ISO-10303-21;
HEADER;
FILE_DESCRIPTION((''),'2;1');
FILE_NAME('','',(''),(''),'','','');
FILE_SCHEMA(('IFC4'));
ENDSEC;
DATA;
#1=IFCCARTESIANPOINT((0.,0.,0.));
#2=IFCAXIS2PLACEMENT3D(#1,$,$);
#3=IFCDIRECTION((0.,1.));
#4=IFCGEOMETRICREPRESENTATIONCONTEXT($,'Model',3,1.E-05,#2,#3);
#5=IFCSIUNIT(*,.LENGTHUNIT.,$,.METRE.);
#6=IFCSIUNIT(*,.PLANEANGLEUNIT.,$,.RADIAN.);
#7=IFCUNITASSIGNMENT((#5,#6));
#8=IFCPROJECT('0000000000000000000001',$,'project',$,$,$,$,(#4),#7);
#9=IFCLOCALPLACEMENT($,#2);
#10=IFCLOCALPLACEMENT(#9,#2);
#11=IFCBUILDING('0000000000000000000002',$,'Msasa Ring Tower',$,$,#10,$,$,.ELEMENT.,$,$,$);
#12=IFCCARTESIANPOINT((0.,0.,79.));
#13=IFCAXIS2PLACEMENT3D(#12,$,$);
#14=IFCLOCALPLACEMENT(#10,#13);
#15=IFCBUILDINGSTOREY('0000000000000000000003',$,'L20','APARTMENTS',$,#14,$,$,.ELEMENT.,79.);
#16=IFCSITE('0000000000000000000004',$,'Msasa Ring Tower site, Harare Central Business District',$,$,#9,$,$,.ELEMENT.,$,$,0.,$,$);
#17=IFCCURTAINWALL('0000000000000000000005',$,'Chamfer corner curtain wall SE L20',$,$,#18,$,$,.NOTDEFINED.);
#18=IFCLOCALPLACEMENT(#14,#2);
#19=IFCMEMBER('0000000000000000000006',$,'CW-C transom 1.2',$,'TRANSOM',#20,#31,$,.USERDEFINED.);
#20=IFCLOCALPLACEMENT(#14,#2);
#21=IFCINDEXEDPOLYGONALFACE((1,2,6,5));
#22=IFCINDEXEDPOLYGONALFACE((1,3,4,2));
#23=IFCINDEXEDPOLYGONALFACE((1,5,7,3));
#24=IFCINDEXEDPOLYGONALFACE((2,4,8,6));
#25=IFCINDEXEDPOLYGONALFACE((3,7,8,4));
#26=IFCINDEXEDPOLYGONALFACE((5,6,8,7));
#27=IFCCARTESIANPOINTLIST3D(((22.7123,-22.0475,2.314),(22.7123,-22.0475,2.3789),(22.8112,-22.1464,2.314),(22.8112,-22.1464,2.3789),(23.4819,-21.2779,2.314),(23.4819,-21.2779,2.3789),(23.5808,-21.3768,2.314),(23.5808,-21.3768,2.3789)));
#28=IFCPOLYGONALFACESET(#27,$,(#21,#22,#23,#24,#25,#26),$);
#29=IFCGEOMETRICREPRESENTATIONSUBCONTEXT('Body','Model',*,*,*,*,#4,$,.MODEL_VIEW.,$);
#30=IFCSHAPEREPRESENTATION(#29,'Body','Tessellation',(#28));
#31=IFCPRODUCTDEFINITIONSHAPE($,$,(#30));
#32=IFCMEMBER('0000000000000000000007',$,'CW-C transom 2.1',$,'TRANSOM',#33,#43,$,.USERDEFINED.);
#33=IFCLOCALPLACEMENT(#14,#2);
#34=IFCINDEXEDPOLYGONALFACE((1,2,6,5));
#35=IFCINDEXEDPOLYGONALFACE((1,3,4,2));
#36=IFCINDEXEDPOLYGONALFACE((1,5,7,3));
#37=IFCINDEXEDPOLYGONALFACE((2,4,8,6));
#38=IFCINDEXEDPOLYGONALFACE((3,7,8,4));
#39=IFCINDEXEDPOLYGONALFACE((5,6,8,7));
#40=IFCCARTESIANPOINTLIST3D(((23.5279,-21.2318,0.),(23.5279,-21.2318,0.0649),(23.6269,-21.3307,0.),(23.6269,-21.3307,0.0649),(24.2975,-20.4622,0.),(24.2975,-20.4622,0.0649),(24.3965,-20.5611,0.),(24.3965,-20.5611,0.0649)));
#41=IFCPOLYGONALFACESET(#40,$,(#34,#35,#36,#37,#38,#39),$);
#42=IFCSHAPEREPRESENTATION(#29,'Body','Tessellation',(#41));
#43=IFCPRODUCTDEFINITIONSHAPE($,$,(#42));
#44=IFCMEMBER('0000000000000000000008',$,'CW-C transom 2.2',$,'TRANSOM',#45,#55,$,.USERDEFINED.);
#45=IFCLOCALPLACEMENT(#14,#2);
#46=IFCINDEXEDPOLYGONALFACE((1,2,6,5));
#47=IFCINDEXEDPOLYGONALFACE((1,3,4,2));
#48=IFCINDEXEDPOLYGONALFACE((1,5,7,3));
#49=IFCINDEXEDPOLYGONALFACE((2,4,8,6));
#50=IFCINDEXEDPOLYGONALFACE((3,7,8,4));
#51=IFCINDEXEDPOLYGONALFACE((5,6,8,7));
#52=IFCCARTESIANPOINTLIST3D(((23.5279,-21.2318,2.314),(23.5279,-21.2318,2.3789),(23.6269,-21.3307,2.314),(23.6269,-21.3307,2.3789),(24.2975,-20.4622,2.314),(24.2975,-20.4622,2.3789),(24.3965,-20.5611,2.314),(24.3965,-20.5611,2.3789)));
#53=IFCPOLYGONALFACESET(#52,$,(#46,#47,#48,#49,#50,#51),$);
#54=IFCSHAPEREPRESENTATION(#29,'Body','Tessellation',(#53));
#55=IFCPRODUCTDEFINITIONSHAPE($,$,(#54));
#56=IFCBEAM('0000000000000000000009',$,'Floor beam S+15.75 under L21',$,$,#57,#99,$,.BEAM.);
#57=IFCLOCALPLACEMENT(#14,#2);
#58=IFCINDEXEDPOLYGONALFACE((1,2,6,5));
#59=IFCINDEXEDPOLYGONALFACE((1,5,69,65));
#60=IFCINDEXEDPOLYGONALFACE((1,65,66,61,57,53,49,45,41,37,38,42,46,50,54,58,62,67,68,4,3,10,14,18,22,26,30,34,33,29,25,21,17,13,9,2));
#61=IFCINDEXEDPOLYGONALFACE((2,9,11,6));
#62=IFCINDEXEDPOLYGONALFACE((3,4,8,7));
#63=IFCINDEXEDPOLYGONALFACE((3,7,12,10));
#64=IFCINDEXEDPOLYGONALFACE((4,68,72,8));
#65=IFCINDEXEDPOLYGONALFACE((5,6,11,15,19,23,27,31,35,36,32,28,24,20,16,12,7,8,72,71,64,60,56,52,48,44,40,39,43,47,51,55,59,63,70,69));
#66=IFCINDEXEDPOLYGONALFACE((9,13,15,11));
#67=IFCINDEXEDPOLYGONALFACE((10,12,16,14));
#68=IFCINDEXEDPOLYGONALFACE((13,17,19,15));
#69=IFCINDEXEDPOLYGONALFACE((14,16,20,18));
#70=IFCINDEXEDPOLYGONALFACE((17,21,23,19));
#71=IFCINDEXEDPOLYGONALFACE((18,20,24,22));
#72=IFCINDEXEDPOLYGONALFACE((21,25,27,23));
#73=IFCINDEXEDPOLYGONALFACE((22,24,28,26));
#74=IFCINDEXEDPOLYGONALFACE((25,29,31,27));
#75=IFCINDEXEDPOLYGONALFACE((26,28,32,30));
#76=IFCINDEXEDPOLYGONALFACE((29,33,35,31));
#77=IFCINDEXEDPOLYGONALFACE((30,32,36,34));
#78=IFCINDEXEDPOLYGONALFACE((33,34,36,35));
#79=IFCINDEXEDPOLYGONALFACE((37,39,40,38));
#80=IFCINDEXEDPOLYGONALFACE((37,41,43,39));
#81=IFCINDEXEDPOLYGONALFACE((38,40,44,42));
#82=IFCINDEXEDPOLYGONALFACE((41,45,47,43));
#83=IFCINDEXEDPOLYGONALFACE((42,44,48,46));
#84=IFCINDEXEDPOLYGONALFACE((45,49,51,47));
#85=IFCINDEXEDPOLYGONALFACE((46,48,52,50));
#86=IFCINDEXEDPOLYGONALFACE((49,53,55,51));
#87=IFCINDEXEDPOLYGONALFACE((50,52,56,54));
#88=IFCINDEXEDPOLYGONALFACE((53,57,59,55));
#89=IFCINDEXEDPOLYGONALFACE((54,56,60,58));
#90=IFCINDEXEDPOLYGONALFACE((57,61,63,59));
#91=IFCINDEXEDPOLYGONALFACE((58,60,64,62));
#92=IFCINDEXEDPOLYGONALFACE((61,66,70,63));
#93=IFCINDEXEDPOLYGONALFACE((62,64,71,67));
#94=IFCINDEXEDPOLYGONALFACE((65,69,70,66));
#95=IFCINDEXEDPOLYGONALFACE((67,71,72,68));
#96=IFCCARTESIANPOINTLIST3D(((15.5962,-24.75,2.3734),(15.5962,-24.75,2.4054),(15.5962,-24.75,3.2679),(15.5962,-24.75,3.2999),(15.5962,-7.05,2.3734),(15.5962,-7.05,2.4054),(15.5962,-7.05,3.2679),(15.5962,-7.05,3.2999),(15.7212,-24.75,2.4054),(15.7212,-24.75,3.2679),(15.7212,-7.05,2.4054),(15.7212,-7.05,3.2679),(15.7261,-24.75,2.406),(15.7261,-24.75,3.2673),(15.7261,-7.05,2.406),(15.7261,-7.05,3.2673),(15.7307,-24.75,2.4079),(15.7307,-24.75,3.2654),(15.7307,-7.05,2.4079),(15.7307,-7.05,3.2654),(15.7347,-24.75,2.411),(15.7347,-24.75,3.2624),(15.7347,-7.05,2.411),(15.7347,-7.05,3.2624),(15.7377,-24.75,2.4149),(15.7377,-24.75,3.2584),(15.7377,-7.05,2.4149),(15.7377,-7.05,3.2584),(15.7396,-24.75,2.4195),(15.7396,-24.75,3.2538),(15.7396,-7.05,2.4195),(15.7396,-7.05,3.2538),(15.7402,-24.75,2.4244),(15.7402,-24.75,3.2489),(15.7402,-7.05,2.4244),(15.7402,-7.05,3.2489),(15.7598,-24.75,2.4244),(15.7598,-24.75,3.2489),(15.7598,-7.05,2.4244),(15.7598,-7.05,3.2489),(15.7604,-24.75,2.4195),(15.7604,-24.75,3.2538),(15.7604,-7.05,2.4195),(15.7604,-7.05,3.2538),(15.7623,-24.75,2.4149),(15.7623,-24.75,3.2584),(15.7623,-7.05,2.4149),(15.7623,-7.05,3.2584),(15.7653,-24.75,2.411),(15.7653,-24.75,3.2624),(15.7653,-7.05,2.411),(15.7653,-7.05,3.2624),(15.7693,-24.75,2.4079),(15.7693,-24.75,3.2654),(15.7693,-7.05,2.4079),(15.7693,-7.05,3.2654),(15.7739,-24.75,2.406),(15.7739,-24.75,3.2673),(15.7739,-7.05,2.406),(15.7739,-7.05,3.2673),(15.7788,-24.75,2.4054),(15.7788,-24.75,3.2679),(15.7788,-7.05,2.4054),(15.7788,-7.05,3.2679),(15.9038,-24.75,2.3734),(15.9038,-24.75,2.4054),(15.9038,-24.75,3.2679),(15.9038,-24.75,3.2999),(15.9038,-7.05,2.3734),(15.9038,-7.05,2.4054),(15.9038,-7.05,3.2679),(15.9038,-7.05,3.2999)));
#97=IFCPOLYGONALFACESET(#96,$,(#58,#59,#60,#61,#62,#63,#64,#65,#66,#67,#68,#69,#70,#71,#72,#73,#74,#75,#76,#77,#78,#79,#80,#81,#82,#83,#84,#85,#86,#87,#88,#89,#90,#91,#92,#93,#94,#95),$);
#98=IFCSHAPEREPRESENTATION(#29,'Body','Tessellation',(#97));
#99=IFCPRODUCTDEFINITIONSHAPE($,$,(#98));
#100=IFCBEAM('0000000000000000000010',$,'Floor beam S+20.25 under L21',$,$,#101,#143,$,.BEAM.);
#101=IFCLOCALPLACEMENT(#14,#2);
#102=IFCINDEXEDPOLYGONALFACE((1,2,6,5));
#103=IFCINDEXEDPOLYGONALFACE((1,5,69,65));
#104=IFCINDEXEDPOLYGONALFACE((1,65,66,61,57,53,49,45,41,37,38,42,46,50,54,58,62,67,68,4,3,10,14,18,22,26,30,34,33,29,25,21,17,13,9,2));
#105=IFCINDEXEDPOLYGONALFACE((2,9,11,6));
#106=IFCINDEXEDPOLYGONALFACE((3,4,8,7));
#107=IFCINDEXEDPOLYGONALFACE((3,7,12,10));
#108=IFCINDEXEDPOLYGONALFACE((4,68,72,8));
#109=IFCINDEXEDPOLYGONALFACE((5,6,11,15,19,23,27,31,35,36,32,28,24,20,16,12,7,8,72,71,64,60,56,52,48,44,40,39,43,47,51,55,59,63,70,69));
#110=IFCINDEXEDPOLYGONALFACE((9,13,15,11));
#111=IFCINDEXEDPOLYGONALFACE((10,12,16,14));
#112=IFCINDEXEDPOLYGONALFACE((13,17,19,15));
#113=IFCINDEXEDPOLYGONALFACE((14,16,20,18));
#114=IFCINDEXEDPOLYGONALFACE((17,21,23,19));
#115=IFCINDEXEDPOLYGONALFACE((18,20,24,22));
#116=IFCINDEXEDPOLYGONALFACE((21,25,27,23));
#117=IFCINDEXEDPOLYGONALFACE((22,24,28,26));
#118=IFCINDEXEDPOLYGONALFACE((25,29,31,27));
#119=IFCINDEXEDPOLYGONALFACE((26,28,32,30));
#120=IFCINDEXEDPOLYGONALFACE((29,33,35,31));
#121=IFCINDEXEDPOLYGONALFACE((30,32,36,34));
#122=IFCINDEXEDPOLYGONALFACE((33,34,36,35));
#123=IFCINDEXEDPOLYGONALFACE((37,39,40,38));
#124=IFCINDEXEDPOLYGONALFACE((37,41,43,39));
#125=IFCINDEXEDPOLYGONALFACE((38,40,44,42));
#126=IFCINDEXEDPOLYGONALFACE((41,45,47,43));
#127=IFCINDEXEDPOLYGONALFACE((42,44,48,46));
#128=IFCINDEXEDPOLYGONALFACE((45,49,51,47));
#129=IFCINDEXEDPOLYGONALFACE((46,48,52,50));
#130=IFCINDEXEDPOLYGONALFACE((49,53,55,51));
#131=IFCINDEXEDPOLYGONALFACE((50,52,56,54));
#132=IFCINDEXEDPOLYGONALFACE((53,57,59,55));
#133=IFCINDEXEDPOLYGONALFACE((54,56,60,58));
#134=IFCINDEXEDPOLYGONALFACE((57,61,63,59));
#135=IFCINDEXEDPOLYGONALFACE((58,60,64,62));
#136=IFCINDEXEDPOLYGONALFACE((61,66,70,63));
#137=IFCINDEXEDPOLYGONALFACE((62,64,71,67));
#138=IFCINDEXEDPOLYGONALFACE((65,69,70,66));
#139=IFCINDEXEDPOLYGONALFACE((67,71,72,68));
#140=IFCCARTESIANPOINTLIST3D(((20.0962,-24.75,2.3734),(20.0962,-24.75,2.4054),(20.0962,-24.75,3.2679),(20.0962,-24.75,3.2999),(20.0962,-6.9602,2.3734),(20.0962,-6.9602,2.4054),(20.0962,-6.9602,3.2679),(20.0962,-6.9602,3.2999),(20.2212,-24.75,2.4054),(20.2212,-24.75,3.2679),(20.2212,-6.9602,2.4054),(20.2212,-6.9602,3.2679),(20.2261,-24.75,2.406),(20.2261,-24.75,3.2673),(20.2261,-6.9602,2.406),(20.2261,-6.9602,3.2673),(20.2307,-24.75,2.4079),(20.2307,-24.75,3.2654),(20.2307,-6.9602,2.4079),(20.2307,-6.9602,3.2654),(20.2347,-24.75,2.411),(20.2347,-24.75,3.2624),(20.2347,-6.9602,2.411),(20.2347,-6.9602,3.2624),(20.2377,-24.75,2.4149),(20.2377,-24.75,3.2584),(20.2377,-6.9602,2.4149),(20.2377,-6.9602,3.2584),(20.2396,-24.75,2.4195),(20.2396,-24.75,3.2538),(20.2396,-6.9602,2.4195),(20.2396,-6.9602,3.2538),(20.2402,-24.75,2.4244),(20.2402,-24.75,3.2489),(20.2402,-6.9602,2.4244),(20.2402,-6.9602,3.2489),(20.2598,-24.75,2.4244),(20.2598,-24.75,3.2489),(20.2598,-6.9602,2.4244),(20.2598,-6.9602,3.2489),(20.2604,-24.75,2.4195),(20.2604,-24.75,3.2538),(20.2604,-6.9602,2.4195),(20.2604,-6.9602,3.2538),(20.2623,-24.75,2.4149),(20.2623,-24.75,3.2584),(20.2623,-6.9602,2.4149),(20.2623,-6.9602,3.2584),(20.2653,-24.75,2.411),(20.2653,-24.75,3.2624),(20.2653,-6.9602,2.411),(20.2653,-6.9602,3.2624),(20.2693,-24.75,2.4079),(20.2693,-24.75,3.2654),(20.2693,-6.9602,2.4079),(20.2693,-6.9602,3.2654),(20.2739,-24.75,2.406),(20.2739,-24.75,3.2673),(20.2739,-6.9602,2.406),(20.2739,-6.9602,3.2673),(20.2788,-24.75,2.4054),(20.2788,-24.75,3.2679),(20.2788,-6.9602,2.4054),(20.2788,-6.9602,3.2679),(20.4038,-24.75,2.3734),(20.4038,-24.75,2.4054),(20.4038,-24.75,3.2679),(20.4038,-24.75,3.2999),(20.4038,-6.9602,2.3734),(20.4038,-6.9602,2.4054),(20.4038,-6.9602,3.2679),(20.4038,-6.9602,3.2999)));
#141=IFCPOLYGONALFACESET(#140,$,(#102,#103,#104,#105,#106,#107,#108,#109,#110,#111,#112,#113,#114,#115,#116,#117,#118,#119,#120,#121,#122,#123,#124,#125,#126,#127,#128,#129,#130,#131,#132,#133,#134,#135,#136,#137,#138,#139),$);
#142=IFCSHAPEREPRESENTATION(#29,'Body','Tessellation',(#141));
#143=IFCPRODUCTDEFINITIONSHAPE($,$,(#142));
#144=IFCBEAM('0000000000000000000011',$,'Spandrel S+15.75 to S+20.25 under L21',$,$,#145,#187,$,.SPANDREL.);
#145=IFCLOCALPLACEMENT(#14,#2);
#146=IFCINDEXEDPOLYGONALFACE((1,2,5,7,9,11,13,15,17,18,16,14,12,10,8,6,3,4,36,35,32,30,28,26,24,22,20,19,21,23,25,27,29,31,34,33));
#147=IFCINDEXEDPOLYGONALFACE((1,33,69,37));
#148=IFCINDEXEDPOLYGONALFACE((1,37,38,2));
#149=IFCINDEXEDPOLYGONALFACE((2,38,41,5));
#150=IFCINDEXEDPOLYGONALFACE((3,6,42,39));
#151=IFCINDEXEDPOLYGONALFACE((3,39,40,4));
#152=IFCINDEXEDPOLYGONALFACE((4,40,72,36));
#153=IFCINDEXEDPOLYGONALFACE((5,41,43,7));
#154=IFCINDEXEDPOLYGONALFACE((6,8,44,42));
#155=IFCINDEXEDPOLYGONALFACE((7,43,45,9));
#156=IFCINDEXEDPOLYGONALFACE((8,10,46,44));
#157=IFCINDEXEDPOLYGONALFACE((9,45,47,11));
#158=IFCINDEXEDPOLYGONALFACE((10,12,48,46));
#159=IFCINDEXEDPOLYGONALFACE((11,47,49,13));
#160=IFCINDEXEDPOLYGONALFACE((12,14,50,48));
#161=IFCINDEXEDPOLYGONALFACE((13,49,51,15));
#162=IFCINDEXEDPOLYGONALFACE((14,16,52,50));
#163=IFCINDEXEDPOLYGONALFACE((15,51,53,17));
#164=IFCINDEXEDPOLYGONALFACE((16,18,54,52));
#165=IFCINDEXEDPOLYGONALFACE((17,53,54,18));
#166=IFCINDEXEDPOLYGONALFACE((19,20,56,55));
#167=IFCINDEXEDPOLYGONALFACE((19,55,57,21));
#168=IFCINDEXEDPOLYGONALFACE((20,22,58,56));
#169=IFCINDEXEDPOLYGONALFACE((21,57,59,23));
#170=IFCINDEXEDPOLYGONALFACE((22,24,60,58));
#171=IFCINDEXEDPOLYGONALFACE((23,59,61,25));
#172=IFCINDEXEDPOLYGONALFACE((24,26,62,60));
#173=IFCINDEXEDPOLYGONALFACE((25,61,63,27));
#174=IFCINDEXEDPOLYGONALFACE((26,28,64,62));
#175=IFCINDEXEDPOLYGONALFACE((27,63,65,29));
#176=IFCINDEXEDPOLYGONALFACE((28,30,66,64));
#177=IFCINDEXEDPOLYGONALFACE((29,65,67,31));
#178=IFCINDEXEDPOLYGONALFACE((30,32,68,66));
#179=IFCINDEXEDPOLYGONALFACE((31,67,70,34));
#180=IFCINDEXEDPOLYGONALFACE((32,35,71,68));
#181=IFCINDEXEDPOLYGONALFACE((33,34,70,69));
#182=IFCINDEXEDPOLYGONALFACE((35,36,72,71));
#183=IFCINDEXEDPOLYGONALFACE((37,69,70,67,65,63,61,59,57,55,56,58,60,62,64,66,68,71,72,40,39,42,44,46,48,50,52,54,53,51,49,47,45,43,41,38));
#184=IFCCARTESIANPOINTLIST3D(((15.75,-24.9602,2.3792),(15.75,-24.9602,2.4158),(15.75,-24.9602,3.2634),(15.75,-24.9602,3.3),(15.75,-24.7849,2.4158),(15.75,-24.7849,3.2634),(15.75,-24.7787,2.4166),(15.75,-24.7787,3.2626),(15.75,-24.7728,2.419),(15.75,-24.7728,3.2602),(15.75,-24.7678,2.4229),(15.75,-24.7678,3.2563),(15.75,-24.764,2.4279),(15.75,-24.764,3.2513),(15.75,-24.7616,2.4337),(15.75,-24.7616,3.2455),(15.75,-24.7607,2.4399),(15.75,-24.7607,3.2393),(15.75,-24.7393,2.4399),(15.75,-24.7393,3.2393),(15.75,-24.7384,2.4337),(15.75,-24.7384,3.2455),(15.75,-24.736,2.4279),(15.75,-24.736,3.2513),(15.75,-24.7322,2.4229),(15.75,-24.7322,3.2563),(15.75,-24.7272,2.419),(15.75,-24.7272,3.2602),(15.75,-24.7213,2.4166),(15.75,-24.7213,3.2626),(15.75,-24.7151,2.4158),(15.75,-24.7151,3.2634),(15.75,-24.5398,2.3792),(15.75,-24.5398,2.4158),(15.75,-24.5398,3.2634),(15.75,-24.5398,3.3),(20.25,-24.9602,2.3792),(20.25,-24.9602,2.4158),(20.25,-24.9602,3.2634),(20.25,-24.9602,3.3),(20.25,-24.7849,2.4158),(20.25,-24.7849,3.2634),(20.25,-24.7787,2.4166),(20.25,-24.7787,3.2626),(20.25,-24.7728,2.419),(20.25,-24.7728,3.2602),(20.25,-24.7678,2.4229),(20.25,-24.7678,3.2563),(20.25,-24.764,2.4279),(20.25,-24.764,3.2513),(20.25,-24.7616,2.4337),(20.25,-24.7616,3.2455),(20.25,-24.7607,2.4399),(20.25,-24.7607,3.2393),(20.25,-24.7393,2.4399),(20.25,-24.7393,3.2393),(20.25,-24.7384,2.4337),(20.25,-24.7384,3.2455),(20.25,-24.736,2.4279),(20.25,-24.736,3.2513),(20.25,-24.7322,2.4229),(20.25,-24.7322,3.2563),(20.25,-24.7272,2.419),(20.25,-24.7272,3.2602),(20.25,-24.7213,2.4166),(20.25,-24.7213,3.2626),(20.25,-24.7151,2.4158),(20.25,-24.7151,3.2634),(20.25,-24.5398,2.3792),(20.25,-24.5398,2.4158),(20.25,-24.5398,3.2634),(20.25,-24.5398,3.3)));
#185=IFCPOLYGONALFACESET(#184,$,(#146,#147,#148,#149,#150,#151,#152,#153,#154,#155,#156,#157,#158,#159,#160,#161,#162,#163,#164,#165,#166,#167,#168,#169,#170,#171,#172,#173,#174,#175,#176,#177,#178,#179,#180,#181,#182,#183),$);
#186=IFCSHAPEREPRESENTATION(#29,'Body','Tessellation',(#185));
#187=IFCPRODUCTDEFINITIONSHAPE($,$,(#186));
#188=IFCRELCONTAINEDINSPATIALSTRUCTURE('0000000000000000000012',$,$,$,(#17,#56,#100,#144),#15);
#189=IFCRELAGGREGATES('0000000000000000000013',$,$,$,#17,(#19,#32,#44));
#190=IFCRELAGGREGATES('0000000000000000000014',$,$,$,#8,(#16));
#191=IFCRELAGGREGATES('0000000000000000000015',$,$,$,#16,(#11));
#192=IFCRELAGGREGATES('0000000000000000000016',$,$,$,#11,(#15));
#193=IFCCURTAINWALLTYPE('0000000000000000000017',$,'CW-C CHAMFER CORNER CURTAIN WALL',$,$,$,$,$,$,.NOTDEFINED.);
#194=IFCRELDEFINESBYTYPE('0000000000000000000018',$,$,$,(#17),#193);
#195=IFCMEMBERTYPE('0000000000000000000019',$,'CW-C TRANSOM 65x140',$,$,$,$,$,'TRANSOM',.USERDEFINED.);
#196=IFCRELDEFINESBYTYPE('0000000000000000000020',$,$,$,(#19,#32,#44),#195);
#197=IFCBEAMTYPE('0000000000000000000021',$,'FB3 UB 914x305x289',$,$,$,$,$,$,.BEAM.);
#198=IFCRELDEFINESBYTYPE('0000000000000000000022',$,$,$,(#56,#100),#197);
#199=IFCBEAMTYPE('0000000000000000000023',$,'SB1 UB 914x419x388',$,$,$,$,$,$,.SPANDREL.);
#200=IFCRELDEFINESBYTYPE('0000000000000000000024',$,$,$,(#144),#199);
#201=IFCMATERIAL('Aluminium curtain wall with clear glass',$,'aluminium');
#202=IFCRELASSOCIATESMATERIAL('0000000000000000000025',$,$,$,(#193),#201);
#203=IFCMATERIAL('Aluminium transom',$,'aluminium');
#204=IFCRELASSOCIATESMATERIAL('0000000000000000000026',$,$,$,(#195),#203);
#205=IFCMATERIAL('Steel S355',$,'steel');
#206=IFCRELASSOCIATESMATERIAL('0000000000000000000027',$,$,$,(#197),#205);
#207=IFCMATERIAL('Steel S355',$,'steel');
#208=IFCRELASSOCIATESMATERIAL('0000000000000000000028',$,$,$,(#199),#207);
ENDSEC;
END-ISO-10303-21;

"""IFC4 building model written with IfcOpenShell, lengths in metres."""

from ifc_helpers import new_model, si_unit, direction, frame, origin, origin_2d, place, context, subcontext, project, spatial, rectangle, i_section, extrude, material, material_profile, profile_set, type_object, element, aggregate, save


model = new_model("IFC4")

# Units and contexts
model_context = context("Model", 3, precision=1e-05, world=origin(), true_north=direction((0.0, 1.0)))
body_context = subcontext(model_context, "Body", "Model", "MODEL_VIEW")
ifc_project = project(units=[si_unit("LENGTHUNIT", "METRE"), si_unit("PLANEANGLEUNIT", "RADIAN")], contexts=[model_context])

# Site, building, storey
site_placement = place(None, origin())
site = spatial("IfcSite", under=ifc_project, at=site_placement, Name="Msasa Ring Tower site, Harare Central Business District", CompositionType="ELEMENT", RefElevation=0.0)
building_placement = place(site_placement, origin())
building = spatial("IfcBuilding", under=site, at=building_placement, Name="Msasa Ring Tower", CompositionType="ELEMENT")
storey_placement = place(building_placement, frame((0.0, 0.0, 79.0)))
storey = spatial("IfcBuildingStorey", under=building, at=storey_placement, Name="L20", Description="APARTMENTS", CompositionType="ELEMENT", Elevation=79.0)

# Curtain wall
ifc_material_1 = material(Name="Aluminium curtain wall with clear glass", Category="aluminium")
curtain_wall_type = type_object("IfcCurtainWallType", Name="CW-C CHAMFER CORNER CURTAIN WALL", PredefinedType="NOTDEFINED", material=ifc_material_1)
curtain_wall_1_placement = place(storey_placement, origin())
curtain_wall_1 = element("IfcCurtainWall", 1, at=curtain_wall_1_placement, inside=storey, type_object=curtain_wall_type, Name="Chamfer corner curtain wall SE L20", PredefinedType="NOTDEFINED")

# Members
ifc_material_2 = material(Name="Aluminium transom", Category="aluminium")
ifc_material_profile_1 = material_profile(ifc_material_2, rectangle(XDim=0.1399, YDim=0.0649, at=origin_2d()), Name="AL 65x140")
ifc_profile_set_1 = profile_set([ifc_material_profile_1], Name="Aluminium transom")
member_type_1 = type_object("IfcMemberType", Name="CW-C TRANSOM 65x140", ElementType="TRANSOM", PredefinedType="USERDEFINED", material=ifc_profile_set_1)
member_1_placement = place(storey_placement, frame((22.7617, -22.0969, 2.3464), z_axis=(0.707107, 0.707107, 0.0), x_axis=(-0.707107, 0.707107, 0.0)))
member_1 = element("IfcMember", 2, at=member_1_placement, type_object=member_type_1, Name="CW-C transom 1.2", ObjectType="TRANSOM", PredefinedType="USERDEFINED", context=body_context, shape_type="SweptSolid", body=[
    extrude(rectangle(XDim=0.1399, YDim=0.0649, at=origin_2d()), origin(), (0.0, 0.0, 1.0), 1.0884),
])
member_2_placement = place(storey_placement, frame((23.5774, -21.2812, 0.0325), z_axis=(0.707107, 0.707107, 0.0), x_axis=(-0.707107, 0.707107, 0.0)))
member_2 = element("IfcMember", 3, at=member_2_placement, type_object=member_type_1, Name="CW-C transom 2.1", ObjectType="TRANSOM", PredefinedType="USERDEFINED", context=body_context, shape_type="SweptSolid", body=[
    extrude(rectangle(XDim=0.1399, YDim=0.0649, at=origin_2d()), origin(), (0.0, 0.0, 1.0), 1.0884),
])
member_3_placement = place(storey_placement, frame((23.5774, -21.2812, 2.3464), z_axis=(0.707107, 0.707107, 0.0), x_axis=(-0.707107, 0.707107, 0.0)))
member_3 = element("IfcMember", 4, at=member_3_placement, type_object=member_type_1, Name="CW-C transom 2.2", ObjectType="TRANSOM", PredefinedType="USERDEFINED", context=body_context, shape_type="SweptSolid", body=[
    extrude(rectangle(XDim=0.1399, YDim=0.0649, at=origin_2d()), origin(), (0.0, 0.0, 1.0), 1.0884),
])

# Beams
ifc_material_3 = material(Name="Steel S355", Category="steel")
ifc_material_profile_2 = material_profile(ifc_material_3, i_section(OverallWidth=0.3076, OverallDepth=0.9265, WebThickness=0.0195, FlangeThickness=0.032, FilletRadius=0.019, at=origin_2d()), Name="UB 914x305x289")
ifc_profile_set_2 = profile_set([ifc_material_profile_2], Name="Steel S355")
beam_type_1 = type_object("IfcBeamType", Name="FB3 UB 914x305x289", PredefinedType="BEAM", material=ifc_profile_set_2)
beam_1_placement = place(storey_placement, frame((15.75, -24.75, 2.8367), z_axis=(0.0, 1.0, 0.0), x_axis=(-1.0, 0.0, 0.0)))
element("IfcBeam", 5, at=beam_1_placement, inside=storey, type_object=beam_type_1, Name="Floor beam S+15.75 under L21", PredefinedType="BEAM", context=body_context, shape_type="SweptSolid", body=[
    extrude(i_section(OverallWidth=0.3076, OverallDepth=0.9265, WebThickness=0.0195, FlangeThickness=0.032, FilletRadius=0.019, at=origin_2d()), origin(), (0.0, 0.0, 1.0), 17.7),
])
beam_2_placement = place(storey_placement, frame((20.25, -24.75, 2.8367), z_axis=(0.0, 1.0, 0.0), x_axis=(-1.0, 0.0, 0.0)))
element("IfcBeam", 6, at=beam_2_placement, inside=storey, type_object=beam_type_1, Name="Floor beam S+20.25 under L21", PredefinedType="BEAM", context=body_context, shape_type="SweptSolid", body=[
    extrude(i_section(OverallWidth=0.3076, OverallDepth=0.9265, WebThickness=0.0195, FlangeThickness=0.032, FilletRadius=0.019, at=origin_2d()), origin(), (0.0, 0.0, 1.0), 17.7898),
])
ifc_material_4 = material(Name="Steel S355", Category="steel")
ifc_material_profile_3 = material_profile(ifc_material_4, i_section(OverallWidth=0.4204, OverallDepth=0.9209, WebThickness=0.0215, FlangeThickness=0.0366, FilletRadius=0.0242, at=origin_2d()), Name="UB 914x419x388")
ifc_profile_set_3 = profile_set([ifc_material_profile_3], Name="Steel S355")
beam_type_2 = type_object("IfcBeamType", Name="SB1 UB 914x419x388", PredefinedType="SPANDREL", material=ifc_profile_set_3)
beam_3_placement = place(storey_placement, frame((15.75, -24.75, 2.8396), z_axis=(1.0, 0.0, 0.0), x_axis=(0.0, 1.0, 0.0)))
element("IfcBeam", 7, at=beam_3_placement, inside=storey, type_object=beam_type_2, Name="Spandrel S+15.75 to S+20.25 under L21", PredefinedType="SPANDREL", context=body_context, shape_type="SweptSolid", body=[
    extrude(i_section(OverallWidth=0.4204, OverallDepth=0.9209, WebThickness=0.0215, FlangeThickness=0.0366, FilletRadius=0.0242, at=origin_2d()), origin(), (0.0, 0.0, 1.0), 4.5),
])

aggregate(curtain_wall_1, [member_1, member_2, member_3])

save(model, "model.ifc")
